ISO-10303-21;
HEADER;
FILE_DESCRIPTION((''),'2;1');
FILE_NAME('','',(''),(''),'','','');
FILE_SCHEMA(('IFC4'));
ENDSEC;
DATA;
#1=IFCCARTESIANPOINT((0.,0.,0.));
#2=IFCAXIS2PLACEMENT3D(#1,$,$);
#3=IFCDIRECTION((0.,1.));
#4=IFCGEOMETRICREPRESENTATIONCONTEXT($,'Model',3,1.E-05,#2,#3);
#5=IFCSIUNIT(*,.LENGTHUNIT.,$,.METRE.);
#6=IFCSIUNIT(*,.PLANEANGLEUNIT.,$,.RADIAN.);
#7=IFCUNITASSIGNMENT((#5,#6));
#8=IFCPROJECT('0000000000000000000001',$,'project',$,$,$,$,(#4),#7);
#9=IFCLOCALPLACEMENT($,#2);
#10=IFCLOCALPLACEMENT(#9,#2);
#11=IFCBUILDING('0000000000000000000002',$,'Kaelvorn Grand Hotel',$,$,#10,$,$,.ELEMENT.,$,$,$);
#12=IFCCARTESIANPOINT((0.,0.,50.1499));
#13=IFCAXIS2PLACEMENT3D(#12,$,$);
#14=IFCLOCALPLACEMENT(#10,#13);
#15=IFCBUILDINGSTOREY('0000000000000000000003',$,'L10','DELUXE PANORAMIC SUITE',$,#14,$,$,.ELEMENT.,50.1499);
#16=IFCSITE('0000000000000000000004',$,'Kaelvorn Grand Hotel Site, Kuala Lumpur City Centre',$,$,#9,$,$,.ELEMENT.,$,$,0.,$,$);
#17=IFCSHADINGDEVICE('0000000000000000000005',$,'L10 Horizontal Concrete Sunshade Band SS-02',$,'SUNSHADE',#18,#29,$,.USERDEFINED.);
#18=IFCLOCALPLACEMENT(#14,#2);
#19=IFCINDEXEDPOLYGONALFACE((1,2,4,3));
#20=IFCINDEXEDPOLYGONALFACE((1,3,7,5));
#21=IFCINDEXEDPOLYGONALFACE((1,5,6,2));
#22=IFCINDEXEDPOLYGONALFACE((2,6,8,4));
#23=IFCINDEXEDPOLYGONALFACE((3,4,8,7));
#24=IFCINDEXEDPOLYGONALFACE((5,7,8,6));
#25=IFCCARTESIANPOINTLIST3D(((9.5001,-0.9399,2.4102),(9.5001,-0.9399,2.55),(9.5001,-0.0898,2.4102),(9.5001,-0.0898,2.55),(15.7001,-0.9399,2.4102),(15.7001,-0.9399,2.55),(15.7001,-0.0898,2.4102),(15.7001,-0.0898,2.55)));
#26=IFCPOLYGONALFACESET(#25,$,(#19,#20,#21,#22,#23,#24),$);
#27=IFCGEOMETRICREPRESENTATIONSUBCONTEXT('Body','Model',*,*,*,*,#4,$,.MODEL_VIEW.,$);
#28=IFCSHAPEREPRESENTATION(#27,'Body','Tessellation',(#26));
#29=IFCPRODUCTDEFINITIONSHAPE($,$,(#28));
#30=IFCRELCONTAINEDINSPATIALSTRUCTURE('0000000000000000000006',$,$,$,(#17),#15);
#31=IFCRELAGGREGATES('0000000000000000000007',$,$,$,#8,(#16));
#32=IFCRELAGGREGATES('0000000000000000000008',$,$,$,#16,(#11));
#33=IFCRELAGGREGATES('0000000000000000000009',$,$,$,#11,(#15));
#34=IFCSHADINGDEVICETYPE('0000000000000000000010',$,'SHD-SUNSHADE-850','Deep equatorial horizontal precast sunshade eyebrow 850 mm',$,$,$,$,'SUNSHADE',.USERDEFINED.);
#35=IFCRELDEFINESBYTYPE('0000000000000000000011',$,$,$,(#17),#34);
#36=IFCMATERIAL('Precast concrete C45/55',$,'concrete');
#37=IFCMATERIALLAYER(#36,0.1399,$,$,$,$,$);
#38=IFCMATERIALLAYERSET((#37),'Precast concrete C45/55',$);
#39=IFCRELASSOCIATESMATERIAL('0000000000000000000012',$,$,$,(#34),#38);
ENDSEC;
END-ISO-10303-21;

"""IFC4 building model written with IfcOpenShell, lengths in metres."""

from ifc_helpers import new_model, si_unit, direction, frame, origin, origin_2d, place, context, subcontext, project, spatial, rectangle, extrude, material, layer, layer_set, type_object, element, save


model = new_model("IFC4")

# Units and contexts
model_context = context("Model", 3, precision=1e-05, world=origin(), true_north=direction((0.0, 1.0)))
body_context = subcontext(model_context, "Body", "Model", "MODEL_VIEW")
ifc_project = project(units=[si_unit("LENGTHUNIT", "METRE"), si_unit("PLANEANGLEUNIT", "RADIAN")], contexts=[model_context])

# Site, building, storey
site_placement = place(None, origin())
site = spatial("IfcSite", under=ifc_project, at=site_placement, Name="Kaelvorn Grand Hotel Site, Kuala Lumpur City Centre", CompositionType="ELEMENT", RefElevation=0.0)
building_placement = place(site_placement, origin())
building = spatial("IfcBuilding", under=site, at=building_placement, Name="Kaelvorn Grand Hotel", CompositionType="ELEMENT")
storey_placement = place(building_placement, frame((0.0, 0.0, 50.1499)))
storey = spatial("IfcBuildingStorey", under=building, at=storey_placement, Name="L10", Description="DELUXE PANORAMIC SUITE", CompositionType="ELEMENT", Elevation=50.1499)

# Shading device
ifc_material_1 = material(Name="Precast concrete C45/55", Category="concrete")
ifc_layer_1 = layer(ifc_material_1, 0.1399)
ifc_layer_set_1 = layer_set([ifc_layer_1], Name="Precast concrete C45/55")
shading_device_type = type_object("IfcShadingDeviceType", Name="SHD-SUNSHADE-850", Description="Deep equatorial horizontal precast sunshade eyebrow 850 mm", ElementType="SUNSHADE", PredefinedType="USERDEFINED", material=ifc_layer_set_1)
shading_device_placement = place(storey_placement, frame((12.6001, -0.5149, 2.4102), z_axis=(0.0, 0.0, 1.0), x_axis=(1.0, 0.0, 0.0)))
element("IfcShadingDevice", 1, at=shading_device_placement, inside=storey, type_object=shading_device_type, Name="L10 Horizontal Concrete Sunshade Band SS-02", ObjectType="SUNSHADE", PredefinedType="USERDEFINED", context=body_context, shape_type="SweptSolid", body=[
    extrude(rectangle(XDim=6.2, YDim=0.8501, at=origin_2d()), origin(), (0.0, 0.0, 1.0), 0.1399),
])

save(model, "model.ifc")
